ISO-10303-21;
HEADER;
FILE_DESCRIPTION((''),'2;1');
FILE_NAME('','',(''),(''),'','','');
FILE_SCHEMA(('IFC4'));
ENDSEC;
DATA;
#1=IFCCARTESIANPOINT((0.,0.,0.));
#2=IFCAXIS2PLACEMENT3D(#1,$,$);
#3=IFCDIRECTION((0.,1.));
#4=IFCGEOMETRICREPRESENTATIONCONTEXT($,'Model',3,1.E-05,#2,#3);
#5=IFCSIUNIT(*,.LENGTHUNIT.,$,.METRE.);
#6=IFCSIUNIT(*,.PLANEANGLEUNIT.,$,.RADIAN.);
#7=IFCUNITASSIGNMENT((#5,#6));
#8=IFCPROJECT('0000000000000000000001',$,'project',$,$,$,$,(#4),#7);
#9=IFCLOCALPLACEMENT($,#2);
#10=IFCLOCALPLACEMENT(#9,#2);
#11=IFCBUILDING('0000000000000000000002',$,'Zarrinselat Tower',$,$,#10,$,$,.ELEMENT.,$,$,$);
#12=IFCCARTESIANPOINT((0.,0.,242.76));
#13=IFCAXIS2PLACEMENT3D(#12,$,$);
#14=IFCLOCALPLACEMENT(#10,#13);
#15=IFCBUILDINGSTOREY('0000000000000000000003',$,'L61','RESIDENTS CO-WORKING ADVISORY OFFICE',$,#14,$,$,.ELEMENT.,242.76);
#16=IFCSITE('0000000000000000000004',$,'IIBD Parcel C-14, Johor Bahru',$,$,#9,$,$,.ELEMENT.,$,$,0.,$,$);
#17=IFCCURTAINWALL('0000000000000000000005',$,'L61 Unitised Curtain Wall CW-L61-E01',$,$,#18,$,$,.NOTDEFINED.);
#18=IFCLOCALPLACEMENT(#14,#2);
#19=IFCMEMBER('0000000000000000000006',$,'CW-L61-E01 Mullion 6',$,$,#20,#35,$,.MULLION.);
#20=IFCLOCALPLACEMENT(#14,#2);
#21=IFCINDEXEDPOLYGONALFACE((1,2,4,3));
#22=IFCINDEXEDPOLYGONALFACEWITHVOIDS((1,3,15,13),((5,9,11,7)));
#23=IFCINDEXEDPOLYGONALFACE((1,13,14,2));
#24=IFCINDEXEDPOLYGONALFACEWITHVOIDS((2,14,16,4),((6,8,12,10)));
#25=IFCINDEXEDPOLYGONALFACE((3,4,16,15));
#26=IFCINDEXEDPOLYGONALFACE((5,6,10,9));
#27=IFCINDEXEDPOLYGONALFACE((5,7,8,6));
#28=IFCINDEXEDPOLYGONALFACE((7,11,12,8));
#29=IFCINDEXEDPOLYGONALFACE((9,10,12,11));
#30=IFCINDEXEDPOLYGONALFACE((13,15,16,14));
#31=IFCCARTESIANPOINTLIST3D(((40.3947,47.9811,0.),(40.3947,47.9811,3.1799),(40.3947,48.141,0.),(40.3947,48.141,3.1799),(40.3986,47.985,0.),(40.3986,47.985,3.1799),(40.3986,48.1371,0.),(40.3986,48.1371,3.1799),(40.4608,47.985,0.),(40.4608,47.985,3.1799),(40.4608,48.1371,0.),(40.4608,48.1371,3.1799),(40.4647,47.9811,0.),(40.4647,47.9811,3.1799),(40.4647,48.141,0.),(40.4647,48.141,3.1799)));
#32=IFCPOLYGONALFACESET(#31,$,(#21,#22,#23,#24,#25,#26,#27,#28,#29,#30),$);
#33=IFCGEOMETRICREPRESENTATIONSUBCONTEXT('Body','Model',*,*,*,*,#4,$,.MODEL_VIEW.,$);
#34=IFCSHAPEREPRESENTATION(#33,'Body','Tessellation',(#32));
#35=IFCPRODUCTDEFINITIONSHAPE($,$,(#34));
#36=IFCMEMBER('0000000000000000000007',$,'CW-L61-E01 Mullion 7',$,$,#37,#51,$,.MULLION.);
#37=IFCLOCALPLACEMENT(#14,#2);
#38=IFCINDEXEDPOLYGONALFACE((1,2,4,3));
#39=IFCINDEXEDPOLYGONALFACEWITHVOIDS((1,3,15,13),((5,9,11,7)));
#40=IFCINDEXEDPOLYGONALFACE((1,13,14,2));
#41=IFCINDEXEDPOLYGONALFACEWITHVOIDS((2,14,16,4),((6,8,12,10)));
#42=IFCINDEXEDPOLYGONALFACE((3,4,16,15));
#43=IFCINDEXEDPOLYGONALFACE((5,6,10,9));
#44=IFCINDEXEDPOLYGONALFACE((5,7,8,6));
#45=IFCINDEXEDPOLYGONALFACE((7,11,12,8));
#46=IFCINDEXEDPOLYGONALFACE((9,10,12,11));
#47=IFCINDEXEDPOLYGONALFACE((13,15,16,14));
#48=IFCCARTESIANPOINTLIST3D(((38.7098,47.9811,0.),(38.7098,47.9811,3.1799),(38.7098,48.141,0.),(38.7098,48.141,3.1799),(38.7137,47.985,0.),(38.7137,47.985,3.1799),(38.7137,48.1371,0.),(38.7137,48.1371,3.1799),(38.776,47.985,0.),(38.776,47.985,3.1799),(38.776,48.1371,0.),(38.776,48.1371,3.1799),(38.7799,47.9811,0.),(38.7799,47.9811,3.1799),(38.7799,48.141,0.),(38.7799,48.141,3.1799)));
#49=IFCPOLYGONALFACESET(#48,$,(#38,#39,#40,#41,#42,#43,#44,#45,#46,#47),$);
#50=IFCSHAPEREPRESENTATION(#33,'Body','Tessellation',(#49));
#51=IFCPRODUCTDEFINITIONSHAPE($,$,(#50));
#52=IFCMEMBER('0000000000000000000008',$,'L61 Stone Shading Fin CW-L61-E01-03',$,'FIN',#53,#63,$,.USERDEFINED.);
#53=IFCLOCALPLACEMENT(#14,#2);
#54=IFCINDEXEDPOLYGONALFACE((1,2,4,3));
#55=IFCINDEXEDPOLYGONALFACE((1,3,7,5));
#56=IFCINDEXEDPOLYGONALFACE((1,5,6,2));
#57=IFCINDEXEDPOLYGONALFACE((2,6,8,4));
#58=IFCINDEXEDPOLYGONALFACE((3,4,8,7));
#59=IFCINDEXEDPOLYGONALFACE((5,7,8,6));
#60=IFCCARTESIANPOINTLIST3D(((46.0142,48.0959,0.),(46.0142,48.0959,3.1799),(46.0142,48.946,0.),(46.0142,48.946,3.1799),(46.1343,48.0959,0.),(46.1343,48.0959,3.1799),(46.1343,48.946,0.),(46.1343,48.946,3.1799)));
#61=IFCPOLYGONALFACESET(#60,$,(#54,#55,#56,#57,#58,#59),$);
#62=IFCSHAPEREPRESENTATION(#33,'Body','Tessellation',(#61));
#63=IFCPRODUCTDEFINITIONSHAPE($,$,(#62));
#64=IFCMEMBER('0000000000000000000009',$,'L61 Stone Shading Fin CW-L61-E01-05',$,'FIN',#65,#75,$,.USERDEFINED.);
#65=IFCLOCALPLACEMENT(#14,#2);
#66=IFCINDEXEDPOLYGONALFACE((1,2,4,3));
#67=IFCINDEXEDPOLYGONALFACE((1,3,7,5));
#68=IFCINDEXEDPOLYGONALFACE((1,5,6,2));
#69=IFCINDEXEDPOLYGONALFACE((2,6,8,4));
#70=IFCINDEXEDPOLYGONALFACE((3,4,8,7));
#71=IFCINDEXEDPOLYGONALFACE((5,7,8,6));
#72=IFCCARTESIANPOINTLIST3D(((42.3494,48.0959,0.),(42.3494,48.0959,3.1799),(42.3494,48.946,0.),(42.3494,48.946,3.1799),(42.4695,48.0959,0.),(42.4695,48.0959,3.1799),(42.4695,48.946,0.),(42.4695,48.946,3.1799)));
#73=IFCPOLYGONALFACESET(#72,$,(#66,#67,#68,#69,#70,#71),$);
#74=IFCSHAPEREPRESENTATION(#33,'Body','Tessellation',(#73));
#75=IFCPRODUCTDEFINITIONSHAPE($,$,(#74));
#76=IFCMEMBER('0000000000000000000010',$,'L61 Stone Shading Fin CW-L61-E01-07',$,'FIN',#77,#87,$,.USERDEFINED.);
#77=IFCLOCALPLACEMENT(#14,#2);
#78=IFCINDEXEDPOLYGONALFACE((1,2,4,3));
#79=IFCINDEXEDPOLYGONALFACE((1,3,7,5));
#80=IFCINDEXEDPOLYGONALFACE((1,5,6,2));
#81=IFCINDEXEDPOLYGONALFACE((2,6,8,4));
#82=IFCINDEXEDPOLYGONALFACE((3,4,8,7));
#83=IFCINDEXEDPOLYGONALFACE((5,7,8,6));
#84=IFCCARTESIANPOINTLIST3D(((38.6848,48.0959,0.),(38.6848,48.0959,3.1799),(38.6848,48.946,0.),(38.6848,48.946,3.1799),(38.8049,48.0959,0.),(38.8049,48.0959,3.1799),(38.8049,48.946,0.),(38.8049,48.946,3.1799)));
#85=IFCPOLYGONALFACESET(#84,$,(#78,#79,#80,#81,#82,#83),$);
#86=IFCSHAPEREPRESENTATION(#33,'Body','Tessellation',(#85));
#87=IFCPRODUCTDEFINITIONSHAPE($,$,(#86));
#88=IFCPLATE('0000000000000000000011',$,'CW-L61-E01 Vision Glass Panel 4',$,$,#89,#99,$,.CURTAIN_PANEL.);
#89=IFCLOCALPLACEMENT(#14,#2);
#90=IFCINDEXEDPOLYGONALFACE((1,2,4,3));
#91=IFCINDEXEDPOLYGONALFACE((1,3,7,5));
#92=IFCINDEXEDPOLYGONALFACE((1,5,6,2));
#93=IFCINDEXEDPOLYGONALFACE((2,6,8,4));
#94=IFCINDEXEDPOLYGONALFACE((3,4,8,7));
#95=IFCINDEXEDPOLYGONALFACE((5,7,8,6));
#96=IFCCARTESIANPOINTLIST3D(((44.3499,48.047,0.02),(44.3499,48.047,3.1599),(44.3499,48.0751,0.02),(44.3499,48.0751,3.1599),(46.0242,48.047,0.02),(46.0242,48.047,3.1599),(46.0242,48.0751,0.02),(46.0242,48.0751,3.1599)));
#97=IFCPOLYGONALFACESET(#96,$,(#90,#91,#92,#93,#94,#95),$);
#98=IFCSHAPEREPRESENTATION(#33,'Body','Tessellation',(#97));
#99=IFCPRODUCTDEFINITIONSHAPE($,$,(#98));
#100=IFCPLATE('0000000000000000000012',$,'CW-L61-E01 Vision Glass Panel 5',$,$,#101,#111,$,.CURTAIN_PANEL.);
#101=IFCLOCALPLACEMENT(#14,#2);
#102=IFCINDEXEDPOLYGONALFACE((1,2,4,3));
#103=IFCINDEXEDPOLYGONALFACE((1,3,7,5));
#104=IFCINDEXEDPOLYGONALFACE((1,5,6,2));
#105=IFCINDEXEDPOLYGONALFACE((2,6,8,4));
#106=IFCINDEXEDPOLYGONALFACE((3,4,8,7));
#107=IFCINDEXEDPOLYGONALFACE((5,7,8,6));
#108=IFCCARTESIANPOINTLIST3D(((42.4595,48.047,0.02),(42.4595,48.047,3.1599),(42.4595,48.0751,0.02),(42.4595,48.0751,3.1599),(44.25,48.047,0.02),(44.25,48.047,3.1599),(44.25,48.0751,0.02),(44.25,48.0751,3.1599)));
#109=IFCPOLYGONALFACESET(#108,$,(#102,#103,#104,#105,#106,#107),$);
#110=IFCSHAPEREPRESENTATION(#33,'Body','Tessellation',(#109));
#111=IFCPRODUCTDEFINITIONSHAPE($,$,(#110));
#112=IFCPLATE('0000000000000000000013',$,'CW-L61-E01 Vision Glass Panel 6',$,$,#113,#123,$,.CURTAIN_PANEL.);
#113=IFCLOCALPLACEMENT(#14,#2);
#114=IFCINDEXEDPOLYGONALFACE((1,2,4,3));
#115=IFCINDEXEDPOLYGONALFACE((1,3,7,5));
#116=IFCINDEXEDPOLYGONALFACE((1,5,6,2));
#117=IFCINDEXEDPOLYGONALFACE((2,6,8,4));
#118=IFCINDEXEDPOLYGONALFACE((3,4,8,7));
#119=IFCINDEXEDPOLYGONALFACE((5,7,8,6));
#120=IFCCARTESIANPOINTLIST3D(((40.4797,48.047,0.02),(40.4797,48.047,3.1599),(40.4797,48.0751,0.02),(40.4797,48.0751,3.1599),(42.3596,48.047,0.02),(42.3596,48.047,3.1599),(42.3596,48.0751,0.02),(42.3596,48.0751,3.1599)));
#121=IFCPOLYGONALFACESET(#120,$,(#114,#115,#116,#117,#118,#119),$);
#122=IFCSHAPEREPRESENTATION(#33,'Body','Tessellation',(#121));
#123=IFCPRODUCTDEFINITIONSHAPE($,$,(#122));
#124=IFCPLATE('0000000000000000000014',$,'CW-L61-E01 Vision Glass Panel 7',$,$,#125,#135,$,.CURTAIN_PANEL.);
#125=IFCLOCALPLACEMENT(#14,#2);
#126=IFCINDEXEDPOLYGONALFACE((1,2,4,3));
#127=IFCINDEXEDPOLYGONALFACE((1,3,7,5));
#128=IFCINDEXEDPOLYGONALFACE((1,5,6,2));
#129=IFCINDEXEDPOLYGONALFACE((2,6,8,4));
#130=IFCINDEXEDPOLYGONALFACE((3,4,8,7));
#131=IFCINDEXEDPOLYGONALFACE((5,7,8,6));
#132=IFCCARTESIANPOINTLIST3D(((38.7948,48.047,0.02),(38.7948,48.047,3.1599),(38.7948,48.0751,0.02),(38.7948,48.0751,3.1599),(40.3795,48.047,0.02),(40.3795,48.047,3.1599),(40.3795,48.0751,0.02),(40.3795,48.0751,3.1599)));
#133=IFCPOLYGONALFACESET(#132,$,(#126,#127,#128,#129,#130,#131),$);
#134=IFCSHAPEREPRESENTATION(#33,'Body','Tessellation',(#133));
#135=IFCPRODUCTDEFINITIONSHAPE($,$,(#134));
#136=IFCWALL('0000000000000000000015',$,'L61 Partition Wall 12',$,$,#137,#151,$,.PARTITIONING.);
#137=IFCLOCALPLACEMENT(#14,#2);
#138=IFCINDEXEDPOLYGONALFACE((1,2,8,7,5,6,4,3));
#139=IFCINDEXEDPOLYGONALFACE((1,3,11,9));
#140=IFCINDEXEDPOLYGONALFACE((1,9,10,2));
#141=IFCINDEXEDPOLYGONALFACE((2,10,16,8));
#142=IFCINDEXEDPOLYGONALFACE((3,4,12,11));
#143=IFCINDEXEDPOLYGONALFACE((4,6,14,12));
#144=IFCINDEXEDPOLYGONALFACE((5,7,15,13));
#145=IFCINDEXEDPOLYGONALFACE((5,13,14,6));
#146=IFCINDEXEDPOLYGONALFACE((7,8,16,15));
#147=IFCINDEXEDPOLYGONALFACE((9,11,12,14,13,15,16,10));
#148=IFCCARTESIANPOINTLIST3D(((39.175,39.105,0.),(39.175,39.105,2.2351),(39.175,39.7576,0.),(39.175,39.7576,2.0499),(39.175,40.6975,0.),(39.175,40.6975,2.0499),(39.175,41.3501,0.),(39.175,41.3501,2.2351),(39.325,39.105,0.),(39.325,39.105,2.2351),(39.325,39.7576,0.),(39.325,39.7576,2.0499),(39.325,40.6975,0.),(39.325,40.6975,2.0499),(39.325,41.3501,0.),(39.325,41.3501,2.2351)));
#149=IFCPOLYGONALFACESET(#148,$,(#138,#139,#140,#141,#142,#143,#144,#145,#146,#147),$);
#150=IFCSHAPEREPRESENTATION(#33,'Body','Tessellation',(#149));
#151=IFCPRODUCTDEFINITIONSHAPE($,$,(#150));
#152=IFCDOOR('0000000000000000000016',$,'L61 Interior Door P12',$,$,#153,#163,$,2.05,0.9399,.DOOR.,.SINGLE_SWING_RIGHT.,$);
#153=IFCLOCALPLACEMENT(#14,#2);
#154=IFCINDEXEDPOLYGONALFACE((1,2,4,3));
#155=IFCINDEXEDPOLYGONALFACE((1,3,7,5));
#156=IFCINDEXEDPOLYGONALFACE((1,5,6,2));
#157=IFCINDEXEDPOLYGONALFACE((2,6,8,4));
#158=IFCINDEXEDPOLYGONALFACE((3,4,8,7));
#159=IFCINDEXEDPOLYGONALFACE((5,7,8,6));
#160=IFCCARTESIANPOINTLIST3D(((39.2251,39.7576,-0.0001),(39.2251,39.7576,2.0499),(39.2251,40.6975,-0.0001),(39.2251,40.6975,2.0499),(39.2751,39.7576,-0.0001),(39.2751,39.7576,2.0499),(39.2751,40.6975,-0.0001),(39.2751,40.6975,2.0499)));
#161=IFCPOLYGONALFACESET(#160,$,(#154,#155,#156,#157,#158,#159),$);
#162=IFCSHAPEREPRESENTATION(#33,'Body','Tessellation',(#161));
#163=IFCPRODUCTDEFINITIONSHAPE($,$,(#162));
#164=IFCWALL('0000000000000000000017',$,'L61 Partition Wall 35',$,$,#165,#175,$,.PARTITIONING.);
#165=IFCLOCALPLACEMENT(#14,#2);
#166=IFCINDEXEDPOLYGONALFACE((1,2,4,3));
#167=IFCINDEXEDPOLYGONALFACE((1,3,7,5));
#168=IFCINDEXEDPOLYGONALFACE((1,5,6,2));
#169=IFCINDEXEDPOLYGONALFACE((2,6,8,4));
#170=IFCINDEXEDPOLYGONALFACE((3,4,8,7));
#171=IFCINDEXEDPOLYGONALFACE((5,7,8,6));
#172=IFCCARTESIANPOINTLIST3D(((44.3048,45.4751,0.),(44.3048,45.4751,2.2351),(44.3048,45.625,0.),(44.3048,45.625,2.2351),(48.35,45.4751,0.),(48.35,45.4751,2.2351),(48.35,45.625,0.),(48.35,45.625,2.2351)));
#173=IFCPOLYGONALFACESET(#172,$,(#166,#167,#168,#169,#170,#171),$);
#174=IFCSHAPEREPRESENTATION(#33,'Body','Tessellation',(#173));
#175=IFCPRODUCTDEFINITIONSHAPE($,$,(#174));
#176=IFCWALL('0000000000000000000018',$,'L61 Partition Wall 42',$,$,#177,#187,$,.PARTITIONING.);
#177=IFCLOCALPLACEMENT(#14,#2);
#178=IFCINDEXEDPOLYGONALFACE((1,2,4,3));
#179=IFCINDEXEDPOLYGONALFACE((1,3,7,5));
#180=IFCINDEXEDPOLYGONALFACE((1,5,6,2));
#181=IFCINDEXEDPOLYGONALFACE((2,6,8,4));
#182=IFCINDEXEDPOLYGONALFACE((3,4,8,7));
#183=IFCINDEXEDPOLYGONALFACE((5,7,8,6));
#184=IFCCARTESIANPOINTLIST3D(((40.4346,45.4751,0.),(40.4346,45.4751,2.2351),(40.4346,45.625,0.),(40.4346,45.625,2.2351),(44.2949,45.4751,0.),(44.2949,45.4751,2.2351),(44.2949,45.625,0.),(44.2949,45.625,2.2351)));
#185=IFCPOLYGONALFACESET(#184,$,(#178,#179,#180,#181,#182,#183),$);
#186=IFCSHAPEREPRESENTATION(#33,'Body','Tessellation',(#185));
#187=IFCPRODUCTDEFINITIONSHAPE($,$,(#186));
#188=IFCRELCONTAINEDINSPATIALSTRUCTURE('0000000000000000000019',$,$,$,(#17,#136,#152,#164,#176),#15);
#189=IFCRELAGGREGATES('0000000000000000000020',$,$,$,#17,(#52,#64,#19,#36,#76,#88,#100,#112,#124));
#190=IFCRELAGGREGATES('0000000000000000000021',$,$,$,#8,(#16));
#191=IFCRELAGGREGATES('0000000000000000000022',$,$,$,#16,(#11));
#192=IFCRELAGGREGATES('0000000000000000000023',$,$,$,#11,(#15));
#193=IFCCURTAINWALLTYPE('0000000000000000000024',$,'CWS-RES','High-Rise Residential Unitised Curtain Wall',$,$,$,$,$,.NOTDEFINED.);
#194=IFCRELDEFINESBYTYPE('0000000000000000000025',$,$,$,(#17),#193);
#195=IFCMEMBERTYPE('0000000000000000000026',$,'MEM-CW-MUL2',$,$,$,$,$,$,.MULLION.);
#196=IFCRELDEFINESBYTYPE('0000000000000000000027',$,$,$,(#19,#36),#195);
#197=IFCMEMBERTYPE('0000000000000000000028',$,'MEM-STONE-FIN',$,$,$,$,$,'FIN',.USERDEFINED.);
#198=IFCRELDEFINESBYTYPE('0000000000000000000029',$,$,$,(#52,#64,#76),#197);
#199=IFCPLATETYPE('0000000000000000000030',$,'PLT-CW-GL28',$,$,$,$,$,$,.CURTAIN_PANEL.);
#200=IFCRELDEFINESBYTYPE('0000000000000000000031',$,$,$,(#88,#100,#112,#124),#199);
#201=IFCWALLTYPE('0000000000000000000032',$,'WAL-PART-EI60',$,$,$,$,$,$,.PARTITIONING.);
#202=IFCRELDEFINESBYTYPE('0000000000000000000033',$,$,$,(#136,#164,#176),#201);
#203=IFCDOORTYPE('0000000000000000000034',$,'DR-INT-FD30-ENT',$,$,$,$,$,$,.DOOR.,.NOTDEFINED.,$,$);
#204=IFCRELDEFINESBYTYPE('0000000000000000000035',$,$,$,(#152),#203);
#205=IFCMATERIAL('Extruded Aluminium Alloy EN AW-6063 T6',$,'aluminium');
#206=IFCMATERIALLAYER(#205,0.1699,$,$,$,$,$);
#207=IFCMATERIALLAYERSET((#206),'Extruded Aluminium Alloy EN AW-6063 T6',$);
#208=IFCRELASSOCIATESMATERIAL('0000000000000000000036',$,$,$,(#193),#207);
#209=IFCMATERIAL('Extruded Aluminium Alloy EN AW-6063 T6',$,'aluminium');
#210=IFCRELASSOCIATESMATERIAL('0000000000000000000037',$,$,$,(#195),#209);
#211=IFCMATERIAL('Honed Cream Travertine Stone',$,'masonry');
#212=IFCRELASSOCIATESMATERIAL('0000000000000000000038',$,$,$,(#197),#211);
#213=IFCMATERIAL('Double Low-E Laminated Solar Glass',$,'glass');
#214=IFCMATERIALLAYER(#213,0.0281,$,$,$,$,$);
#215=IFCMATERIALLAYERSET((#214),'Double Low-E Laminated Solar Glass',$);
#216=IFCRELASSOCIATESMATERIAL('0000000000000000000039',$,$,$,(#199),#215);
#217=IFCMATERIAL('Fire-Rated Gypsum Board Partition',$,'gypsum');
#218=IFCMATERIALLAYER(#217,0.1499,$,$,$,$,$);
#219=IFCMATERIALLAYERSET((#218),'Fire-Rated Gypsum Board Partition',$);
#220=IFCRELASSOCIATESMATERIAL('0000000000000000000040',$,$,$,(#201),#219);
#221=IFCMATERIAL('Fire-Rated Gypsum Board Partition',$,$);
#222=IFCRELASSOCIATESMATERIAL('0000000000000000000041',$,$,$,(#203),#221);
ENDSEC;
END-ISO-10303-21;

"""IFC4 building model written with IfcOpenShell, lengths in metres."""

from ifc_helpers import new_model, si_unit, direction, frame, frame_2d, origin, origin_2d, place, context, subcontext, project, spatial, rectangle, hollow_rectangle, extrude, material, layer, layer_set, material_profile, profile_set, type_object, element, fill, aggregate, save


model = new_model("IFC4")

# Units and contexts
model_context = context("Model", 3, precision=1e-05, world=origin(), true_north=direction((0.0, 1.0)))
body_context = subcontext(model_context, "Body", "Model", "MODEL_VIEW")
ifc_project = project(units=[si_unit("LENGTHUNIT", "METRE"), si_unit("PLANEANGLEUNIT", "RADIAN")], contexts=[model_context])

# Site, building, storey
site_placement = place(None, origin())
site = spatial("IfcSite", under=ifc_project, at=site_placement, Name="IIBD Parcel C-14, Johor Bahru", CompositionType="ELEMENT", RefElevation=0.0)
building_placement = place(site_placement, origin())
building = spatial("IfcBuilding", under=site, at=building_placement, Name="Zarrinselat Tower", CompositionType="ELEMENT")
storey_placement = place(building_placement, frame((0.0, 0.0, 242.76)))
storey = spatial("IfcBuildingStorey", under=building, at=storey_placement, Name="L61", Description="RESIDENTS CO-WORKING ADVISORY OFFICE", CompositionType="ELEMENT", Elevation=242.76)

# Curtain wall, members, plates
ifc_material_1 = material(Name="Extruded Aluminium Alloy EN AW-6063 T6", Category="aluminium")
ifc_layer_1 = layer(ifc_material_1, 0.1699)
ifc_layer_set_1 = layer_set([ifc_layer_1], Name="Extruded Aluminium Alloy EN AW-6063 T6")
curtain_wall_type = type_object("IfcCurtainWallType", Name="CWS-RES", Description="High-Rise Residential Unitised Curtain Wall", PredefinedType="NOTDEFINED", material=ifc_layer_set_1)
curtain_wall_placement = place(storey_placement, origin())
curtain_wall = element("IfcCurtainWall", 1, at=curtain_wall_placement, inside=storey, type_object=curtain_wall_type, Name="L61 Unitised Curtain Wall CW-L61-E01", PredefinedType="NOTDEFINED")
ifc_material_2 = material(Name="Extruded Aluminium Alloy EN AW-6063 T6", Category="aluminium")
ifc_material_profile_1 = material_profile(ifc_material_2, hollow_rectangle(XDim=0.0701, YDim=0.1599, WallThickness=0.0039, at=origin_2d()), Name="RHS 160x70x4")
ifc_profile_set_1 = profile_set([ifc_material_profile_1], Name="Extruded Aluminium Alloy EN AW-6063 T6")
member_type_1 = type_object("IfcMemberType", Name="MEM-CW-MUL2", PredefinedType="MULLION", material=ifc_profile_set_1)
member_1_placement = place(storey_placement, frame((40.4297, 48.061, 0.0), z_axis=(0.0, 0.0, 1.0), x_axis=(-1.0, 0.0, 0.0)))
member_1 = element("IfcMember", 2, at=member_1_placement, type_object=member_type_1, Name="CW-L61-E01 Mullion 6", PredefinedType="MULLION", context=body_context, shape_type="SweptSolid", body=[
    extrude(hollow_rectangle(XDim=0.0701, YDim=0.1599, WallThickness=0.0039, at=origin_2d()), origin(), (0.0, 0.0, 1.0), 3.1799),
])
member_2_placement = place(storey_placement, frame((38.7449, 48.061, 0.0), z_axis=(0.0, 0.0, 1.0), x_axis=(-1.0, 0.0, 0.0)))
member_2 = element("IfcMember", 3, at=member_2_placement, type_object=member_type_1, Name="CW-L61-E01 Mullion 7", PredefinedType="MULLION", context=body_context, shape_type="SweptSolid", body=[
    extrude(hollow_rectangle(XDim=0.0701, YDim=0.1599, WallThickness=0.0039, at=origin_2d()), origin(), (0.0, 0.0, 1.0), 3.1799),
])
ifc_material_3 = material(Name="Honed Cream Travertine Stone", Category="masonry")
ifc_material_profile_2 = material_profile(ifc_material_3, rectangle(XDim=0.1201, YDim=0.8501, at=origin_2d()), Name="FIN 850x120")
ifc_profile_set_2 = profile_set([ifc_material_profile_2], Name="Honed Cream Travertine Stone")
member_type_2 = type_object("IfcMemberType", Name="MEM-STONE-FIN", ElementType="FIN", PredefinedType="USERDEFINED", material=ifc_profile_set_2)
member_3_placement = place(storey_placement, frame((46.0742, 48.521, 0.0), z_axis=(0.0, 0.0, 1.0), x_axis=(1.0, 0.0, 0.0)))
member_3 = element("IfcMember", 4, at=member_3_placement, type_object=member_type_2, Name="L61 Stone Shading Fin CW-L61-E01-03", ObjectType="FIN", PredefinedType="USERDEFINED", context=body_context, shape_type="SweptSolid", body=[
    extrude(rectangle(XDim=0.1201, YDim=0.8501, at=origin_2d()), origin(), (0.0, 0.0, 1.0), 3.1799),
])
member_4_placement = place(storey_placement, frame((42.4094, 48.521, 0.0), z_axis=(0.0, 0.0, 1.0), x_axis=(1.0, 0.0, 0.0)))
member_4 = element("IfcMember", 5, at=member_4_placement, type_object=member_type_2, Name="L61 Stone Shading Fin CW-L61-E01-05", ObjectType="FIN", PredefinedType="USERDEFINED", context=body_context, shape_type="SweptSolid", body=[
    extrude(rectangle(XDim=0.1201, YDim=0.8501, at=origin_2d()), origin(), (0.0, 0.0, 1.0), 3.1799),
])
member_5_placement = place(storey_placement, frame((38.7449, 48.521, 0.0), z_axis=(0.0, 0.0, 1.0), x_axis=(1.0, 0.0, 0.0)))
member_5 = element("IfcMember", 6, at=member_5_placement, type_object=member_type_2, Name="L61 Stone Shading Fin CW-L61-E01-07", ObjectType="FIN", PredefinedType="USERDEFINED", context=body_context, shape_type="SweptSolid", body=[
    extrude(rectangle(XDim=0.1201, YDim=0.8501, at=origin_2d()), origin(), (0.0, 0.0, 1.0), 3.1799),
])
ifc_material_4 = material(Name="Double Low-E Laminated Solar Glass", Category="glass")
ifc_layer_2 = layer(ifc_material_4, 0.0281)
ifc_layer_set_2 = layer_set([ifc_layer_2], Name="Double Low-E Laminated Solar Glass")
plate_type = type_object("IfcPlateType", Name="PLT-CW-GL28", PredefinedType="CURTAIN_PANEL", material=ifc_layer_set_2)
plate_1_placement = place(storey_placement, frame((45.187, 48.061, 0.02), z_axis=(0.0, 0.0, 1.0), x_axis=(-1.0, 0.0, 0.0)))
plate_1 = element("IfcPlate", 7, at=plate_1_placement, type_object=plate_type, Name="CW-L61-E01 Vision Glass Panel 4", PredefinedType="CURTAIN_PANEL", context=body_context, shape_type="SweptSolid", body=[
    extrude(rectangle(XDim=1.6743, YDim=0.0281, at=origin_2d()), origin(), (0.0, 0.0, 1.0), 3.1399),
])
plate_2_placement = place(storey_placement, frame((43.3547, 48.061, 0.02), z_axis=(0.0, 0.0, 1.0), x_axis=(-1.0, 0.0, 0.0)))
plate_2 = element("IfcPlate", 8, at=plate_2_placement, type_object=plate_type, Name="CW-L61-E01 Vision Glass Panel 5", PredefinedType="CURTAIN_PANEL", context=body_context, shape_type="SweptSolid", body=[
    extrude(rectangle(XDim=1.7905, YDim=0.0281, at=origin_2d()), origin(), (0.0, 0.0, 1.0), 3.1399),
])
plate_3_placement = place(storey_placement, frame((41.4197, 48.061, 0.02), z_axis=(0.0, 0.0, 1.0), x_axis=(-1.0, 0.0, 0.0)))
plate_3 = element("IfcPlate", 9, at=plate_3_placement, type_object=plate_type, Name="CW-L61-E01 Vision Glass Panel 6", PredefinedType="CURTAIN_PANEL", context=body_context, shape_type="SweptSolid", body=[
    extrude(rectangle(XDim=1.8799, YDim=0.0281, at=origin_2d()), origin(), (0.0, 0.0, 1.0), 3.1399),
])
plate_4_placement = place(storey_placement, frame((39.5872, 48.061, 0.02), z_axis=(0.0, 0.0, 1.0), x_axis=(-1.0, 0.0, 0.0)))
plate_4 = element("IfcPlate", 10, at=plate_4_placement, type_object=plate_type, Name="CW-L61-E01 Vision Glass Panel 7", PredefinedType="CURTAIN_PANEL", context=body_context, shape_type="SweptSolid", body=[
    extrude(rectangle(XDim=1.5847, YDim=0.0281, at=origin_2d()), origin(), (0.0, 0.0, 1.0), 3.1399),
])
aggregate(curtain_wall, [member_3, member_4, member_1, member_2, member_5, plate_1, plate_2, plate_3, plate_4])

# Wall, opening, door
ifc_material_5 = material(Name="Fire-Rated Gypsum Board Partition", Category="gypsum")
ifc_layer_3 = layer(ifc_material_5, 0.1499)
ifc_layer_set_3 = layer_set([ifc_layer_3], Name="Fire-Rated Gypsum Board Partition")
wall_type_1 = type_object("IfcWallType", Name="WAL-PART-EI60", PredefinedType="PARTITIONING", material=ifc_layer_set_3)
wall_1_placement = place(storey_placement, frame((39.25, 39.105, 0.0), z_axis=(0.0, 0.0, 1.0), x_axis=(0.0, 1.0, 0.0)))
wall_1 = element("IfcWall", 11, at=wall_1_placement, inside=storey, type_object=wall_type_1, Name="L61 Partition Wall 12", PredefinedType="PARTITIONING", context=body_context, shape_type="SweptSolid", body=[
    extrude(rectangle(XDim=2.2451, YDim=0.1499, at=frame_2d((1.1226, 0.0))), origin(), (0.0, 0.0, 1.0), 2.2351),
])
opening_1_placement = place(wall_1_placement, frame((0.6526, 0.0, 0.0)))
opening_1 = element("IfcOpeningElement", 12, at=opening_1_placement, cuts=wall_1, PredefinedType="OPENING", context=body_context, shape_type="SweptSolid", body=[
    extrude(rectangle(XDim=0.9399, YDim=2.05, at=frame_2d((0.47, 1.0249))), frame((0.0, 0.085, 0.0), z_axis=(0.0, -1.0, 0.0), x_axis=(1.0, 0.0, 0.0)), (0.0, 0.0, 1.0), 0.1699),
])
ifc_material_6 = material(Name="Fire-Rated Gypsum Board Partition")
door_type_1 = type_object("IfcDoorType", Name="DR-INT-FD30-ENT", OperationType="NOTDEFINED", PredefinedType="DOOR", material=ifc_material_6)
door_1_placement = place(opening_1_placement, origin())
door_1 = element("IfcDoor", 13, at=door_1_placement, inside=storey, type_object=door_type_1, Name="L61 Interior Door P12", OperationType="SINGLE_SWING_RIGHT", OverallHeight=2.05, OverallWidth=0.9399, PredefinedType="DOOR", context=body_context, shape_type="SweptSolid", body=[
    extrude(rectangle(XDim=0.9399, YDim=2.05, at=frame_2d((0.47, 1.0249))), frame((0.0, 0.0249, 0.0), z_axis=(0.0, -1.0, 0.0), x_axis=(1.0, 0.0, 0.0)), (0.0, 0.0, 1.0), 0.05),
])
fill(opening_1, door_1)

# Walls
wall_2_placement = place(storey_placement, frame((44.3049, 45.55, 0.0), z_axis=(0.0, 0.0, 1.0), x_axis=(1.0, 0.0, 0.0)))
element("IfcWall", 14, at=wall_2_placement, inside=storey, type_object=wall_type_1, Name="L61 Partition Wall 35", PredefinedType="PARTITIONING", context=body_context, shape_type="SweptSolid", body=[
    extrude(rectangle(XDim=4.0452, YDim=0.1499, at=frame_2d((2.0225, 0.0))), origin(), (0.0, 0.0, 1.0), 2.2351),
])
wall_3_placement = place(storey_placement, frame((40.4346, 45.55, 0.0), z_axis=(0.0, 0.0, 1.0), x_axis=(1.0, 0.0, 0.0)))
element("IfcWall", 15, at=wall_3_placement, inside=storey, type_object=wall_type_1, Name="L61 Partition Wall 42", PredefinedType="PARTITIONING", context=body_context, shape_type="SweptSolid", body=[
    extrude(rectangle(XDim=3.8604, YDim=0.1499, at=frame_2d((1.9302, 0.0))), origin(), (0.0, 0.0, 1.0), 2.2351),
])

save(model, "model.ifc")
